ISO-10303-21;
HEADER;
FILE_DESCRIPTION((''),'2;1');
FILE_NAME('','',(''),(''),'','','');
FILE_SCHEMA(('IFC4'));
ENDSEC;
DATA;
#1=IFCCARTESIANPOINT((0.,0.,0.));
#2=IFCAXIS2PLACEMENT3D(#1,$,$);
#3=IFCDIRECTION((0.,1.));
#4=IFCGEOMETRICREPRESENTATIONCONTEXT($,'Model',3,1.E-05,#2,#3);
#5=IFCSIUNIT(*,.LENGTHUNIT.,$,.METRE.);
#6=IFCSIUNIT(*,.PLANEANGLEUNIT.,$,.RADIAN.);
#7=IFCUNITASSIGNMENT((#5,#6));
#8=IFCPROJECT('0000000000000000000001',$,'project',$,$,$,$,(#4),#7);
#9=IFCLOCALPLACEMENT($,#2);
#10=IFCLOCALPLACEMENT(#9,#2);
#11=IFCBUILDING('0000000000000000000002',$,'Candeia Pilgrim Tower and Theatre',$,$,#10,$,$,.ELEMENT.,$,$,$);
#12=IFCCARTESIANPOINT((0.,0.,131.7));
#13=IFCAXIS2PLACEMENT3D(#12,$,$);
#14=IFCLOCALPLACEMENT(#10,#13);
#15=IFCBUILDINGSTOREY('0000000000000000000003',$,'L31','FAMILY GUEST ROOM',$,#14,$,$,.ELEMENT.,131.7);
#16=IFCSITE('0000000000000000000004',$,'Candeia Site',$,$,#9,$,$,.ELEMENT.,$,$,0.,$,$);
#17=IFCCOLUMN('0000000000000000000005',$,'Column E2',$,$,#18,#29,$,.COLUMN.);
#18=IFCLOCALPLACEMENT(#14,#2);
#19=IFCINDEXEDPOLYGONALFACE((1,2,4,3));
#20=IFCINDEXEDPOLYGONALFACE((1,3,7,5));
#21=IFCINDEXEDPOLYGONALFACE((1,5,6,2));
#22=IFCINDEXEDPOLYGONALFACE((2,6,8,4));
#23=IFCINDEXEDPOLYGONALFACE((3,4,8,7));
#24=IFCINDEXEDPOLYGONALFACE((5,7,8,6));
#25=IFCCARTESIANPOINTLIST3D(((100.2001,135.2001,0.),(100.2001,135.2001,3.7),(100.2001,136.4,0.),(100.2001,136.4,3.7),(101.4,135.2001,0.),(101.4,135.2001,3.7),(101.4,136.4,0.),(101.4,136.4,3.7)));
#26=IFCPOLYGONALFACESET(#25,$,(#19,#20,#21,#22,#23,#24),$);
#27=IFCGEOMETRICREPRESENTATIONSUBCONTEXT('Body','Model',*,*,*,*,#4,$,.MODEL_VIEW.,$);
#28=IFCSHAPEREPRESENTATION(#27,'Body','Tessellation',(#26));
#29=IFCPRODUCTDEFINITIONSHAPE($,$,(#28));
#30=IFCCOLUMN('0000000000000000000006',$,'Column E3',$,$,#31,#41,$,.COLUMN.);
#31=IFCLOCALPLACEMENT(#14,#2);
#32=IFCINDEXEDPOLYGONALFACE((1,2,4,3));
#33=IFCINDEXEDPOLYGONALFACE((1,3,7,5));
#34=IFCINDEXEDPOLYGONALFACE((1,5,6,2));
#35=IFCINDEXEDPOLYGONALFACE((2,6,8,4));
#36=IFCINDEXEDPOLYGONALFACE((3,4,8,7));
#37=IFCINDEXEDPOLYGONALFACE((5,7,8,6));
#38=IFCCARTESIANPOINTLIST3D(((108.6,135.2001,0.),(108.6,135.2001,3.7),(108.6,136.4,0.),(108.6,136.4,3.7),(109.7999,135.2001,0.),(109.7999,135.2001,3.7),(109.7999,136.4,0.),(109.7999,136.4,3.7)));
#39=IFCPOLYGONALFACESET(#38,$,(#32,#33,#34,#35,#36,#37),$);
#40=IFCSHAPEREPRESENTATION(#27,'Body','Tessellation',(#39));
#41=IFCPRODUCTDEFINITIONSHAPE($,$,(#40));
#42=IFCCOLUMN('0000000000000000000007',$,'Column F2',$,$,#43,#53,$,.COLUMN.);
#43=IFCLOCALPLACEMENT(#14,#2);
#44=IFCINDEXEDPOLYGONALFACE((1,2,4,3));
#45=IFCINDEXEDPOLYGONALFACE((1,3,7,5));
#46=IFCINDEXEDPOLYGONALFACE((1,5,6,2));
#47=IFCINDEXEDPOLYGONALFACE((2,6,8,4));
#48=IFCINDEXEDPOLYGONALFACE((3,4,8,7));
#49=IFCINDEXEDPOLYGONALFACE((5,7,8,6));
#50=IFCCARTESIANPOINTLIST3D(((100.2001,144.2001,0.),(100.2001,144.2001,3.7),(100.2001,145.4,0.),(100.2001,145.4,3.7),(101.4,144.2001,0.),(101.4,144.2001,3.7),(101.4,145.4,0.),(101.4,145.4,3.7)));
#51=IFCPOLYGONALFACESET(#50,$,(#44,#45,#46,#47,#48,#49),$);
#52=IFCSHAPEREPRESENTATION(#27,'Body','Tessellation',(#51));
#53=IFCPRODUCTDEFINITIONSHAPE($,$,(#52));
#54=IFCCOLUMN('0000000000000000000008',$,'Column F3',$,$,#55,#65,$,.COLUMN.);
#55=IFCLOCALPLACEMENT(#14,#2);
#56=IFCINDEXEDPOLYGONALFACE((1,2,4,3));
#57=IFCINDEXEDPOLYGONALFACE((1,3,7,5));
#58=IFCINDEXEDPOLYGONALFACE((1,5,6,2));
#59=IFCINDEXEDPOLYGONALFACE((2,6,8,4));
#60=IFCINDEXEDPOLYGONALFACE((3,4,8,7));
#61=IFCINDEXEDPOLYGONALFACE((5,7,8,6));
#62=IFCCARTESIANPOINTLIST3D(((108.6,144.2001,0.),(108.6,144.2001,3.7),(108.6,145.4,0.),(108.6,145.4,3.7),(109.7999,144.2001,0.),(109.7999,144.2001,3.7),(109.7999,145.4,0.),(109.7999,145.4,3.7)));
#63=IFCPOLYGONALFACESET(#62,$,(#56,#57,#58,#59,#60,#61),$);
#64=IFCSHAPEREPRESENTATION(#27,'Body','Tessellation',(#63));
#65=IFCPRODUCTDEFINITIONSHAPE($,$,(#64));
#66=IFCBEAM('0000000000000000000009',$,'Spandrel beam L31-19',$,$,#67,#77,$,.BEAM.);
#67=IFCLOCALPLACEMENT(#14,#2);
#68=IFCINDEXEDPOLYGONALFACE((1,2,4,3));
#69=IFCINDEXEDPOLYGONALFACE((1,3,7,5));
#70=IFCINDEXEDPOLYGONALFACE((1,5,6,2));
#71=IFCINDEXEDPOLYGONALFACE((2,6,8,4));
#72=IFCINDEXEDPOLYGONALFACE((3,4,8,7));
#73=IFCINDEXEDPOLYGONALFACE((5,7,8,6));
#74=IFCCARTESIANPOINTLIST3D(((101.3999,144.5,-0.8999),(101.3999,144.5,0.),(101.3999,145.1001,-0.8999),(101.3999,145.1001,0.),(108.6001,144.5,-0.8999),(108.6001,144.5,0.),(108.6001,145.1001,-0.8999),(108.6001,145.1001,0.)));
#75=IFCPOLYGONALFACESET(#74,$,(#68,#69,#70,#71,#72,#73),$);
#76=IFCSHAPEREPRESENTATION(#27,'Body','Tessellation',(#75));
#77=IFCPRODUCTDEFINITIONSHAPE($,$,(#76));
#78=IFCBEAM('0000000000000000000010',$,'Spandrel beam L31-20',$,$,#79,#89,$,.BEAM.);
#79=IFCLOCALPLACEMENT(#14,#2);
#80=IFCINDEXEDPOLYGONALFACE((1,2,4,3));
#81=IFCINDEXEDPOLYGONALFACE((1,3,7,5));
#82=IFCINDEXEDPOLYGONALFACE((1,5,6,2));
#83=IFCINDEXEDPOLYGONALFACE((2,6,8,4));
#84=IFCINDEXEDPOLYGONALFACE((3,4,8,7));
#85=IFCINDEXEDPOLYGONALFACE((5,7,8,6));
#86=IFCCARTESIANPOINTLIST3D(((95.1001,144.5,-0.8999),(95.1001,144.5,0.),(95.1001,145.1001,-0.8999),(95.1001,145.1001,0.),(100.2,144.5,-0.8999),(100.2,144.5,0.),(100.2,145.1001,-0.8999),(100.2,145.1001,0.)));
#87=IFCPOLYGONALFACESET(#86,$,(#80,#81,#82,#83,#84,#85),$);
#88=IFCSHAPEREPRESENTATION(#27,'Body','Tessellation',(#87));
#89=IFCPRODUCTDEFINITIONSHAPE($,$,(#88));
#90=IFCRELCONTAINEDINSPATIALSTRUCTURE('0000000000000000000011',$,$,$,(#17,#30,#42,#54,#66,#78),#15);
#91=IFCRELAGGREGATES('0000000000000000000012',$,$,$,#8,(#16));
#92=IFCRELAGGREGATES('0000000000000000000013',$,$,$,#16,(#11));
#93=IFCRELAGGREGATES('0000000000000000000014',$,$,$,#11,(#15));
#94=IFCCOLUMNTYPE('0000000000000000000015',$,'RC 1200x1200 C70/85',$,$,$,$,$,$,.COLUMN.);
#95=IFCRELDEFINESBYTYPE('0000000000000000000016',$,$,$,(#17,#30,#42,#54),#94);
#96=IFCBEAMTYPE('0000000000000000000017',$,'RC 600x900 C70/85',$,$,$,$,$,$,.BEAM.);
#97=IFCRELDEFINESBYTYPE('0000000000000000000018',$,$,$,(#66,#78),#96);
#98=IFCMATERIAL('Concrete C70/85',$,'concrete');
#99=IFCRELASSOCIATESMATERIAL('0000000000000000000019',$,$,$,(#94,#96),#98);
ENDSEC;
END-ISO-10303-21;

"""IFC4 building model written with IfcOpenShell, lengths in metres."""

from ifc_helpers import new_model, si_unit, direction, frame, origin, origin_2d, place, context, subcontext, project, spatial, rectangle, extrude, material, material_profile, profile_set, type_object, element, save


model = new_model("IFC4")

# Units and contexts
model_context = context("Model", 3, precision=1e-05, world=origin(), true_north=direction((0.0, 1.0)))
body_context = subcontext(model_context, "Body", "Model", "MODEL_VIEW")
ifc_project = project(units=[si_unit("LENGTHUNIT", "METRE"), si_unit("PLANEANGLEUNIT", "RADIAN")], contexts=[model_context])

# Site, building, storey
site_placement = place(None, origin())
site = spatial("IfcSite", under=ifc_project, at=site_placement, Name="Candeia Site", CompositionType="ELEMENT", RefElevation=0.0)
building_placement = place(site_placement, origin())
building = spatial("IfcBuilding", under=site, at=building_placement, Name="Candeia Pilgrim Tower and Theatre", CompositionType="ELEMENT")
storey_placement = place(building_placement, frame((0.0, 0.0, 131.7)))
storey = spatial("IfcBuildingStorey", under=building, at=storey_placement, Name="L31", Description="FAMILY GUEST ROOM", CompositionType="ELEMENT", Elevation=131.7)

# Columns
ifc_material_1 = material(Name="Concrete C70/85", Category="concrete")
ifc_material_profile_1 = material_profile(ifc_material_1, rectangle(XDim=1.2, YDim=1.2, at=origin_2d()))
ifc_profile_set_1 = profile_set([ifc_material_profile_1], Name="Concrete C70/85")
column_type = type_object("IfcColumnType", Name="RC 1200x1200 C70/85", PredefinedType="COLUMN", material=ifc_profile_set_1)
for number, where, z_axis, x_axis, name in (
    (1, (100.8, 135.8, 0.0), (0.0, 0.0, 1.0), (1.0, 0.0, 0.0), "Column E2"),
    (2, (109.2, 135.8, 0.0), (0.0, 0.0, 1.0), (1.0, 0.0, 0.0), "Column E3"),
    (3, (100.8, 144.8, 0.0), (0.0, 0.0, 1.0), (1.0, 0.0, 0.0), "Column F2"),
    (4, (109.2, 144.8, 0.0), (0.0, 0.0, 1.0), (1.0, 0.0, 0.0), "Column F3"),
):
    element("IfcColumn", number, at=place(storey_placement, frame(where, z_axis=z_axis, x_axis=x_axis)), inside=storey, type_object=column_type, Name=name, PredefinedType="COLUMN", context=body_context, shape_type="SweptSolid", body=[
        extrude(rectangle(XDim=1.2, YDim=1.2, at=origin_2d()), origin(), (0.0, 0.0, 1.0), 3.7),
    ])

# Beams
ifc_material_profile_2 = material_profile(ifc_material_1, rectangle(XDim=0.6001, YDim=0.8999, at=origin_2d()))
ifc_profile_set_2 = profile_set([ifc_material_profile_2], Name="Concrete C70/85")
beam_type = type_object("IfcBeamType", Name="RC 600x900 C70/85", PredefinedType="BEAM", material=ifc_profile_set_2)
beam_1_placement = place(storey_placement, frame((108.6001, 144.8, -0.45), z_axis=(-1.0, 0.0, 0.0), x_axis=(0.0, -1.0, 0.0)))
element("IfcBeam", 5, at=beam_1_placement, inside=storey, type_object=beam_type, Name="Spandrel beam L31-19", PredefinedType="BEAM", context=body_context, shape_type="SweptSolid", body=[
    extrude(rectangle(XDim=0.6001, YDim=0.8999, at=origin_2d()), origin(), (0.0, 0.0, 1.0), 7.2002),
])
beam_2_placement = place(storey_placement, frame((100.2, 144.8, -0.45), z_axis=(-1.0, 0.0, 0.0), x_axis=(0.0, -1.0, 0.0)))
element("IfcBeam", 6, at=beam_2_placement, inside=storey, type_object=beam_type, Name="Spandrel beam L31-20", PredefinedType="BEAM", context=body_context, shape_type="SweptSolid", body=[
    extrude(rectangle(XDim=0.6001, YDim=0.8999, at=origin_2d()), origin(), (0.0, 0.0, 1.0), 5.0999),
])

save(model, "model.ifc")
